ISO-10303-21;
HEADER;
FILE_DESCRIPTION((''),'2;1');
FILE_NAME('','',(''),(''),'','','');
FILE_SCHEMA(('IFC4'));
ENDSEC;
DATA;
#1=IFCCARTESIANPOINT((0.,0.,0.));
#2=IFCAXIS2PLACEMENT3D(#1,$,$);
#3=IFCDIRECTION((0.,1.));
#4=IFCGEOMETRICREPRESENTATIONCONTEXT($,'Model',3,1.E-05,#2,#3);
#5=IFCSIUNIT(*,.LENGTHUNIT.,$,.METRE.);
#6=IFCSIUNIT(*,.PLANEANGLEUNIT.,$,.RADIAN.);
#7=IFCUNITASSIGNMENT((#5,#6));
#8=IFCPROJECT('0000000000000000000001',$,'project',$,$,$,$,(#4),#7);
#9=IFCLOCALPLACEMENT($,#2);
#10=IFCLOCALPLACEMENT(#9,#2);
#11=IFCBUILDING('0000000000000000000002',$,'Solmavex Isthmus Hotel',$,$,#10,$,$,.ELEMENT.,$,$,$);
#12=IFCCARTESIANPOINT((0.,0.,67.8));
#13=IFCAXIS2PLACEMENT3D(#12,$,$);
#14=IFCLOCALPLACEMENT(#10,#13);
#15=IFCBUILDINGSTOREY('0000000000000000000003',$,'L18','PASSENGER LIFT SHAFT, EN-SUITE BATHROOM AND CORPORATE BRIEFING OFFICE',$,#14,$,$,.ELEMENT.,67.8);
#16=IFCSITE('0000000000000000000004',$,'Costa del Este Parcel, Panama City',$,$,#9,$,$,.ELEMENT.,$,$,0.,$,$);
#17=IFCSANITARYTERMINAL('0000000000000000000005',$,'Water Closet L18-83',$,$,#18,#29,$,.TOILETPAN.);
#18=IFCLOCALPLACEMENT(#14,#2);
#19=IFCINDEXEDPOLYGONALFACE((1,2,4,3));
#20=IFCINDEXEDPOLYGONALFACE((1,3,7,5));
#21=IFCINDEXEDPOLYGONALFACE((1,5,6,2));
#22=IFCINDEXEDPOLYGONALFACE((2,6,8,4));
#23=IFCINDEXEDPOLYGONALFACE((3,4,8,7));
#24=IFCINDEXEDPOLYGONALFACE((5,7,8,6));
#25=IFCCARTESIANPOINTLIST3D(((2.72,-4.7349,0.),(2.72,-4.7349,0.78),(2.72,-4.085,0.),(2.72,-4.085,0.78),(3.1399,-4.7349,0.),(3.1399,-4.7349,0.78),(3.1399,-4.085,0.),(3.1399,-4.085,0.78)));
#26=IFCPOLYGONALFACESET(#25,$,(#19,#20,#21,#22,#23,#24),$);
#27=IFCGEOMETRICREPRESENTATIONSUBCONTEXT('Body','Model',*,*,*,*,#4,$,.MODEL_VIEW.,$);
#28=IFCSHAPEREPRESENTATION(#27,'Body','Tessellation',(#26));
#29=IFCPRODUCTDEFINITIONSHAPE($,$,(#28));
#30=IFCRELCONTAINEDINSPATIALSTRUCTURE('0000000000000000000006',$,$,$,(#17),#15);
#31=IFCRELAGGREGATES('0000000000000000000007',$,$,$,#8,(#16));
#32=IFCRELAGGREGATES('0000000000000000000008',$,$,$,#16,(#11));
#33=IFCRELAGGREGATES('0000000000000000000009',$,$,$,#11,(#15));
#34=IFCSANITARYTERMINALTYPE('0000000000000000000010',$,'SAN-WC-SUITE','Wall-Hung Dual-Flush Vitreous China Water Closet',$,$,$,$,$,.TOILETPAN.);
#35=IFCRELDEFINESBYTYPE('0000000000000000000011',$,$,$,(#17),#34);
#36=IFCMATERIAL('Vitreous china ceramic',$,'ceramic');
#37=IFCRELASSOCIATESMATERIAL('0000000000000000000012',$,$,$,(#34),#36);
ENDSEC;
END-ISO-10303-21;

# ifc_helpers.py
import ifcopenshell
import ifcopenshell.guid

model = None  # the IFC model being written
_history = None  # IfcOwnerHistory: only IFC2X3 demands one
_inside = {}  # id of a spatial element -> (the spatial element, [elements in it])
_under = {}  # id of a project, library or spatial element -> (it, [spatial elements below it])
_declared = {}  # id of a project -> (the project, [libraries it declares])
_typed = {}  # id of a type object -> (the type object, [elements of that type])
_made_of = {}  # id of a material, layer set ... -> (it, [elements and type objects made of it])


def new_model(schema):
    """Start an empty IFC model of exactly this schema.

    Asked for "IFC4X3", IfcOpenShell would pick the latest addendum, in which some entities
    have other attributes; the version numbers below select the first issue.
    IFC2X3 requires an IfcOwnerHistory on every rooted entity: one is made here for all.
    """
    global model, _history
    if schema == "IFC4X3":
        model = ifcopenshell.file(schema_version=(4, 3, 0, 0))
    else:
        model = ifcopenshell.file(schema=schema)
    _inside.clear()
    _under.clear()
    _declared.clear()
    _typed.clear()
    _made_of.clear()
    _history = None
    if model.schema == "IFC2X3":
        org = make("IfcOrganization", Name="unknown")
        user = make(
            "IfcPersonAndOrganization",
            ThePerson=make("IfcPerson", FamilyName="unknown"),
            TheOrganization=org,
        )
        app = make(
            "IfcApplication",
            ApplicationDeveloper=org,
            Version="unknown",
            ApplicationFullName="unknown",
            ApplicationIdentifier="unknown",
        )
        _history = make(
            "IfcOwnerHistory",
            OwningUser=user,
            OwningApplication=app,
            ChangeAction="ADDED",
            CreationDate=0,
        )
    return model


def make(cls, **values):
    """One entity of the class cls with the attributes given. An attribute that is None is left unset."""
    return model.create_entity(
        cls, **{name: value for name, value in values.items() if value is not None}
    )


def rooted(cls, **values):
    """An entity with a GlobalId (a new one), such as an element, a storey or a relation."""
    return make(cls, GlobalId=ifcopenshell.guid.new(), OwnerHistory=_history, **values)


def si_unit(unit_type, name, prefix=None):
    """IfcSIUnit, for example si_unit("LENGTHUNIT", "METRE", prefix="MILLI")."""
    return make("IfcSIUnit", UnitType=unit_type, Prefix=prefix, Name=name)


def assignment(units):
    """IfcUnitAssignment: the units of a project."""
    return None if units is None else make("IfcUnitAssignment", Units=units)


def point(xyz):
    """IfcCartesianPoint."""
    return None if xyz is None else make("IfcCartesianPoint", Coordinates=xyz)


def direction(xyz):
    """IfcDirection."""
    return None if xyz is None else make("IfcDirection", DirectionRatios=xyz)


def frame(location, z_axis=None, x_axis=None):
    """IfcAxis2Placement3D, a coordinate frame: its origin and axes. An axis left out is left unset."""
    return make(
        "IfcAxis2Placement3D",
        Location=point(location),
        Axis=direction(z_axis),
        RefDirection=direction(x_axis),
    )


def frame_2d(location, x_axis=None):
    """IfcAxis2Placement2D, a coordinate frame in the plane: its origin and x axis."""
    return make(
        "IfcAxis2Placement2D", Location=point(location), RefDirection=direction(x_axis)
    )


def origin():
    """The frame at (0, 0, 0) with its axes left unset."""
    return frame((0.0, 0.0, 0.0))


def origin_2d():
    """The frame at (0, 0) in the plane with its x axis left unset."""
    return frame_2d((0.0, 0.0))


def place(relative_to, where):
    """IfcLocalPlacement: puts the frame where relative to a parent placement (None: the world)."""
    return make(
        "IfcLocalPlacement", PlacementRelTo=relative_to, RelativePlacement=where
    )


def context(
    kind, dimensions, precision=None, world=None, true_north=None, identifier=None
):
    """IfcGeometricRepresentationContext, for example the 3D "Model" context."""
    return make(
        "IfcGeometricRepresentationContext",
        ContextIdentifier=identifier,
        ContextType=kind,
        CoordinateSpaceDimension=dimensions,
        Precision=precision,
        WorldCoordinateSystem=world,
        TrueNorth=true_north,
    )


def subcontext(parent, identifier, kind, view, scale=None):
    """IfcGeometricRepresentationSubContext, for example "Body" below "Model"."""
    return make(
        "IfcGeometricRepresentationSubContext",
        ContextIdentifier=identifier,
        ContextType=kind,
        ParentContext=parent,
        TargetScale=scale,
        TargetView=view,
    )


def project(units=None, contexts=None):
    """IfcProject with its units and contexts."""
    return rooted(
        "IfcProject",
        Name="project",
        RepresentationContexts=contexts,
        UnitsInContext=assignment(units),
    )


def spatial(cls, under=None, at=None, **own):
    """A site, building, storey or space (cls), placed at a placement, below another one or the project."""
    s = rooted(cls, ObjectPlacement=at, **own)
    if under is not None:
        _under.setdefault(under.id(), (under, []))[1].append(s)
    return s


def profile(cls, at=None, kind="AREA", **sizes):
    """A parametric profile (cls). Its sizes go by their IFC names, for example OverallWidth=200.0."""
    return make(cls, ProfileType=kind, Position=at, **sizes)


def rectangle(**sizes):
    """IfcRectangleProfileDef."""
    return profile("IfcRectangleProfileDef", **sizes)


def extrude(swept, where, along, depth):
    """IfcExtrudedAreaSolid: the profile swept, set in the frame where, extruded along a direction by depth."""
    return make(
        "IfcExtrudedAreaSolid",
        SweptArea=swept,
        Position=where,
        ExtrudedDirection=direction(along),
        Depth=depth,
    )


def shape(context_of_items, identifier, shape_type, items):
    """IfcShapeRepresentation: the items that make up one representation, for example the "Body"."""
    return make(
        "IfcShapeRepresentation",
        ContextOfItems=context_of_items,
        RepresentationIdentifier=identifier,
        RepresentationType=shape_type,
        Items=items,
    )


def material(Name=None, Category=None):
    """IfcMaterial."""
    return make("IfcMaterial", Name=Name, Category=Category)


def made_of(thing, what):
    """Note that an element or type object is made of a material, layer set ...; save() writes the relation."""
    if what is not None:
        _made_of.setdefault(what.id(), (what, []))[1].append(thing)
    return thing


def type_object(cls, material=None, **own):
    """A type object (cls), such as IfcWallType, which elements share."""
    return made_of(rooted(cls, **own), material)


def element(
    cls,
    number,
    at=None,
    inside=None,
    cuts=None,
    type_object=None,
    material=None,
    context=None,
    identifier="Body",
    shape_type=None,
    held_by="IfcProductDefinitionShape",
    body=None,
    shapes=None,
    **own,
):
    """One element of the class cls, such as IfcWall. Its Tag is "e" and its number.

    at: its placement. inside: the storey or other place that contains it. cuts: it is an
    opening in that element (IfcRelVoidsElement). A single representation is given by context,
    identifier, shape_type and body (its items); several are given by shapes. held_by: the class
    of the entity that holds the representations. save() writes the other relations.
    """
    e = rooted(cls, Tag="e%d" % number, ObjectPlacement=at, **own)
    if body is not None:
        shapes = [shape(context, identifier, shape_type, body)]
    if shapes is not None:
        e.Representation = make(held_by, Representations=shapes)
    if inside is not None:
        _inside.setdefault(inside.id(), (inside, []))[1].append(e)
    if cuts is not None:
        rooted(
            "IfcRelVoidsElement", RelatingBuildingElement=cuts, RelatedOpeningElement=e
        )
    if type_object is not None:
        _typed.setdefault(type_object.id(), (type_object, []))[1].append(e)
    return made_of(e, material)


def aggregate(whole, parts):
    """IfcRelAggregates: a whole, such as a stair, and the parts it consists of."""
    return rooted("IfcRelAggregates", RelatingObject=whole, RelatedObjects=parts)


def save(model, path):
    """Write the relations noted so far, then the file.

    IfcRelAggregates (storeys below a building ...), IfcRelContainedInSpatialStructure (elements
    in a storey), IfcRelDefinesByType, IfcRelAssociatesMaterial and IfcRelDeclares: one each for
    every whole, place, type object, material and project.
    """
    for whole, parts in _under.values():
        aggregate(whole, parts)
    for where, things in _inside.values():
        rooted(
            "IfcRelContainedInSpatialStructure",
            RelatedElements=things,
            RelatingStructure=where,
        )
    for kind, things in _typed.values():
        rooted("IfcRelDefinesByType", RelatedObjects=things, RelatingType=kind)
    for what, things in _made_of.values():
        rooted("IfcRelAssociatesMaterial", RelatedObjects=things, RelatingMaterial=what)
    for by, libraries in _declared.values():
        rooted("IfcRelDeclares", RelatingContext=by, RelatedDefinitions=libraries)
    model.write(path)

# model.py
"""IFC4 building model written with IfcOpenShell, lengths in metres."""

from ifc_helpers import new_model, si_unit, direction, frame, origin, origin_2d, place, context, subcontext, project, spatial, rectangle, extrude, material, type_object, element, save


model = new_model("IFC4")

# Units and contexts
model_context = context("Model", 3, precision=1e-05, world=origin(), true_north=direction((0.0, 1.0)))
body_context = subcontext(model_context, "Body", "Model", "MODEL_VIEW")
ifc_project = project(units=[si_unit("LENGTHUNIT", "METRE"), si_unit("PLANEANGLEUNIT", "RADIAN")], contexts=[model_context])

# Site, building, storey
site_placement = place(None, origin())
site = spatial("IfcSite", under=ifc_project, at=site_placement, Name="Costa del Este Parcel, Panama City", CompositionType="ELEMENT", RefElevation=0.0)
building_placement = place(site_placement, origin())
building = spatial("IfcBuilding", under=site, at=building_placement, Name="Solmavex Isthmus Hotel", CompositionType="ELEMENT")
storey_placement = place(building_placement, frame((0.0, 0.0, 67.8)))
storey = spatial("IfcBuildingStorey", under=building, at=storey_placement, Name="L18", Description="PASSENGER LIFT SHAFT, EN-SUITE BATHROOM AND CORPORATE BRIEFING OFFICE", CompositionType="ELEMENT", Elevation=67.8)

# Sanitary terminal
ifc_material_1 = material(Name="Vitreous china ceramic", Category="ceramic")
sanitary_terminal_type_1 = type_object("IfcSanitaryTerminalType", Name="SAN-WC-SUITE", Description="Wall-Hung Dual-Flush Vitreous China Water Closet", PredefinedType="TOILETPAN", material=ifc_material_1)
sanitary_terminal_1_placement = place(storey_placement, frame((2.9299, -4.4099, 0.0), z_axis=(0.0, 0.0, 1.0), x_axis=(1.0, 0.0, 0.0)))
element("IfcSanitaryTerminal", 1, at=sanitary_terminal_1_placement, inside=storey, type_object=sanitary_terminal_type_1, Name="Water Closet L18-83", PredefinedType="TOILETPAN", context=body_context, shape_type="SweptSolid", body=[
    extrude(rectangle(XDim=0.4199, YDim=0.6499, at=origin_2d()), origin(), (0.0, 0.0, 1.0), 0.78),
])

save(model, "model.ifc")
